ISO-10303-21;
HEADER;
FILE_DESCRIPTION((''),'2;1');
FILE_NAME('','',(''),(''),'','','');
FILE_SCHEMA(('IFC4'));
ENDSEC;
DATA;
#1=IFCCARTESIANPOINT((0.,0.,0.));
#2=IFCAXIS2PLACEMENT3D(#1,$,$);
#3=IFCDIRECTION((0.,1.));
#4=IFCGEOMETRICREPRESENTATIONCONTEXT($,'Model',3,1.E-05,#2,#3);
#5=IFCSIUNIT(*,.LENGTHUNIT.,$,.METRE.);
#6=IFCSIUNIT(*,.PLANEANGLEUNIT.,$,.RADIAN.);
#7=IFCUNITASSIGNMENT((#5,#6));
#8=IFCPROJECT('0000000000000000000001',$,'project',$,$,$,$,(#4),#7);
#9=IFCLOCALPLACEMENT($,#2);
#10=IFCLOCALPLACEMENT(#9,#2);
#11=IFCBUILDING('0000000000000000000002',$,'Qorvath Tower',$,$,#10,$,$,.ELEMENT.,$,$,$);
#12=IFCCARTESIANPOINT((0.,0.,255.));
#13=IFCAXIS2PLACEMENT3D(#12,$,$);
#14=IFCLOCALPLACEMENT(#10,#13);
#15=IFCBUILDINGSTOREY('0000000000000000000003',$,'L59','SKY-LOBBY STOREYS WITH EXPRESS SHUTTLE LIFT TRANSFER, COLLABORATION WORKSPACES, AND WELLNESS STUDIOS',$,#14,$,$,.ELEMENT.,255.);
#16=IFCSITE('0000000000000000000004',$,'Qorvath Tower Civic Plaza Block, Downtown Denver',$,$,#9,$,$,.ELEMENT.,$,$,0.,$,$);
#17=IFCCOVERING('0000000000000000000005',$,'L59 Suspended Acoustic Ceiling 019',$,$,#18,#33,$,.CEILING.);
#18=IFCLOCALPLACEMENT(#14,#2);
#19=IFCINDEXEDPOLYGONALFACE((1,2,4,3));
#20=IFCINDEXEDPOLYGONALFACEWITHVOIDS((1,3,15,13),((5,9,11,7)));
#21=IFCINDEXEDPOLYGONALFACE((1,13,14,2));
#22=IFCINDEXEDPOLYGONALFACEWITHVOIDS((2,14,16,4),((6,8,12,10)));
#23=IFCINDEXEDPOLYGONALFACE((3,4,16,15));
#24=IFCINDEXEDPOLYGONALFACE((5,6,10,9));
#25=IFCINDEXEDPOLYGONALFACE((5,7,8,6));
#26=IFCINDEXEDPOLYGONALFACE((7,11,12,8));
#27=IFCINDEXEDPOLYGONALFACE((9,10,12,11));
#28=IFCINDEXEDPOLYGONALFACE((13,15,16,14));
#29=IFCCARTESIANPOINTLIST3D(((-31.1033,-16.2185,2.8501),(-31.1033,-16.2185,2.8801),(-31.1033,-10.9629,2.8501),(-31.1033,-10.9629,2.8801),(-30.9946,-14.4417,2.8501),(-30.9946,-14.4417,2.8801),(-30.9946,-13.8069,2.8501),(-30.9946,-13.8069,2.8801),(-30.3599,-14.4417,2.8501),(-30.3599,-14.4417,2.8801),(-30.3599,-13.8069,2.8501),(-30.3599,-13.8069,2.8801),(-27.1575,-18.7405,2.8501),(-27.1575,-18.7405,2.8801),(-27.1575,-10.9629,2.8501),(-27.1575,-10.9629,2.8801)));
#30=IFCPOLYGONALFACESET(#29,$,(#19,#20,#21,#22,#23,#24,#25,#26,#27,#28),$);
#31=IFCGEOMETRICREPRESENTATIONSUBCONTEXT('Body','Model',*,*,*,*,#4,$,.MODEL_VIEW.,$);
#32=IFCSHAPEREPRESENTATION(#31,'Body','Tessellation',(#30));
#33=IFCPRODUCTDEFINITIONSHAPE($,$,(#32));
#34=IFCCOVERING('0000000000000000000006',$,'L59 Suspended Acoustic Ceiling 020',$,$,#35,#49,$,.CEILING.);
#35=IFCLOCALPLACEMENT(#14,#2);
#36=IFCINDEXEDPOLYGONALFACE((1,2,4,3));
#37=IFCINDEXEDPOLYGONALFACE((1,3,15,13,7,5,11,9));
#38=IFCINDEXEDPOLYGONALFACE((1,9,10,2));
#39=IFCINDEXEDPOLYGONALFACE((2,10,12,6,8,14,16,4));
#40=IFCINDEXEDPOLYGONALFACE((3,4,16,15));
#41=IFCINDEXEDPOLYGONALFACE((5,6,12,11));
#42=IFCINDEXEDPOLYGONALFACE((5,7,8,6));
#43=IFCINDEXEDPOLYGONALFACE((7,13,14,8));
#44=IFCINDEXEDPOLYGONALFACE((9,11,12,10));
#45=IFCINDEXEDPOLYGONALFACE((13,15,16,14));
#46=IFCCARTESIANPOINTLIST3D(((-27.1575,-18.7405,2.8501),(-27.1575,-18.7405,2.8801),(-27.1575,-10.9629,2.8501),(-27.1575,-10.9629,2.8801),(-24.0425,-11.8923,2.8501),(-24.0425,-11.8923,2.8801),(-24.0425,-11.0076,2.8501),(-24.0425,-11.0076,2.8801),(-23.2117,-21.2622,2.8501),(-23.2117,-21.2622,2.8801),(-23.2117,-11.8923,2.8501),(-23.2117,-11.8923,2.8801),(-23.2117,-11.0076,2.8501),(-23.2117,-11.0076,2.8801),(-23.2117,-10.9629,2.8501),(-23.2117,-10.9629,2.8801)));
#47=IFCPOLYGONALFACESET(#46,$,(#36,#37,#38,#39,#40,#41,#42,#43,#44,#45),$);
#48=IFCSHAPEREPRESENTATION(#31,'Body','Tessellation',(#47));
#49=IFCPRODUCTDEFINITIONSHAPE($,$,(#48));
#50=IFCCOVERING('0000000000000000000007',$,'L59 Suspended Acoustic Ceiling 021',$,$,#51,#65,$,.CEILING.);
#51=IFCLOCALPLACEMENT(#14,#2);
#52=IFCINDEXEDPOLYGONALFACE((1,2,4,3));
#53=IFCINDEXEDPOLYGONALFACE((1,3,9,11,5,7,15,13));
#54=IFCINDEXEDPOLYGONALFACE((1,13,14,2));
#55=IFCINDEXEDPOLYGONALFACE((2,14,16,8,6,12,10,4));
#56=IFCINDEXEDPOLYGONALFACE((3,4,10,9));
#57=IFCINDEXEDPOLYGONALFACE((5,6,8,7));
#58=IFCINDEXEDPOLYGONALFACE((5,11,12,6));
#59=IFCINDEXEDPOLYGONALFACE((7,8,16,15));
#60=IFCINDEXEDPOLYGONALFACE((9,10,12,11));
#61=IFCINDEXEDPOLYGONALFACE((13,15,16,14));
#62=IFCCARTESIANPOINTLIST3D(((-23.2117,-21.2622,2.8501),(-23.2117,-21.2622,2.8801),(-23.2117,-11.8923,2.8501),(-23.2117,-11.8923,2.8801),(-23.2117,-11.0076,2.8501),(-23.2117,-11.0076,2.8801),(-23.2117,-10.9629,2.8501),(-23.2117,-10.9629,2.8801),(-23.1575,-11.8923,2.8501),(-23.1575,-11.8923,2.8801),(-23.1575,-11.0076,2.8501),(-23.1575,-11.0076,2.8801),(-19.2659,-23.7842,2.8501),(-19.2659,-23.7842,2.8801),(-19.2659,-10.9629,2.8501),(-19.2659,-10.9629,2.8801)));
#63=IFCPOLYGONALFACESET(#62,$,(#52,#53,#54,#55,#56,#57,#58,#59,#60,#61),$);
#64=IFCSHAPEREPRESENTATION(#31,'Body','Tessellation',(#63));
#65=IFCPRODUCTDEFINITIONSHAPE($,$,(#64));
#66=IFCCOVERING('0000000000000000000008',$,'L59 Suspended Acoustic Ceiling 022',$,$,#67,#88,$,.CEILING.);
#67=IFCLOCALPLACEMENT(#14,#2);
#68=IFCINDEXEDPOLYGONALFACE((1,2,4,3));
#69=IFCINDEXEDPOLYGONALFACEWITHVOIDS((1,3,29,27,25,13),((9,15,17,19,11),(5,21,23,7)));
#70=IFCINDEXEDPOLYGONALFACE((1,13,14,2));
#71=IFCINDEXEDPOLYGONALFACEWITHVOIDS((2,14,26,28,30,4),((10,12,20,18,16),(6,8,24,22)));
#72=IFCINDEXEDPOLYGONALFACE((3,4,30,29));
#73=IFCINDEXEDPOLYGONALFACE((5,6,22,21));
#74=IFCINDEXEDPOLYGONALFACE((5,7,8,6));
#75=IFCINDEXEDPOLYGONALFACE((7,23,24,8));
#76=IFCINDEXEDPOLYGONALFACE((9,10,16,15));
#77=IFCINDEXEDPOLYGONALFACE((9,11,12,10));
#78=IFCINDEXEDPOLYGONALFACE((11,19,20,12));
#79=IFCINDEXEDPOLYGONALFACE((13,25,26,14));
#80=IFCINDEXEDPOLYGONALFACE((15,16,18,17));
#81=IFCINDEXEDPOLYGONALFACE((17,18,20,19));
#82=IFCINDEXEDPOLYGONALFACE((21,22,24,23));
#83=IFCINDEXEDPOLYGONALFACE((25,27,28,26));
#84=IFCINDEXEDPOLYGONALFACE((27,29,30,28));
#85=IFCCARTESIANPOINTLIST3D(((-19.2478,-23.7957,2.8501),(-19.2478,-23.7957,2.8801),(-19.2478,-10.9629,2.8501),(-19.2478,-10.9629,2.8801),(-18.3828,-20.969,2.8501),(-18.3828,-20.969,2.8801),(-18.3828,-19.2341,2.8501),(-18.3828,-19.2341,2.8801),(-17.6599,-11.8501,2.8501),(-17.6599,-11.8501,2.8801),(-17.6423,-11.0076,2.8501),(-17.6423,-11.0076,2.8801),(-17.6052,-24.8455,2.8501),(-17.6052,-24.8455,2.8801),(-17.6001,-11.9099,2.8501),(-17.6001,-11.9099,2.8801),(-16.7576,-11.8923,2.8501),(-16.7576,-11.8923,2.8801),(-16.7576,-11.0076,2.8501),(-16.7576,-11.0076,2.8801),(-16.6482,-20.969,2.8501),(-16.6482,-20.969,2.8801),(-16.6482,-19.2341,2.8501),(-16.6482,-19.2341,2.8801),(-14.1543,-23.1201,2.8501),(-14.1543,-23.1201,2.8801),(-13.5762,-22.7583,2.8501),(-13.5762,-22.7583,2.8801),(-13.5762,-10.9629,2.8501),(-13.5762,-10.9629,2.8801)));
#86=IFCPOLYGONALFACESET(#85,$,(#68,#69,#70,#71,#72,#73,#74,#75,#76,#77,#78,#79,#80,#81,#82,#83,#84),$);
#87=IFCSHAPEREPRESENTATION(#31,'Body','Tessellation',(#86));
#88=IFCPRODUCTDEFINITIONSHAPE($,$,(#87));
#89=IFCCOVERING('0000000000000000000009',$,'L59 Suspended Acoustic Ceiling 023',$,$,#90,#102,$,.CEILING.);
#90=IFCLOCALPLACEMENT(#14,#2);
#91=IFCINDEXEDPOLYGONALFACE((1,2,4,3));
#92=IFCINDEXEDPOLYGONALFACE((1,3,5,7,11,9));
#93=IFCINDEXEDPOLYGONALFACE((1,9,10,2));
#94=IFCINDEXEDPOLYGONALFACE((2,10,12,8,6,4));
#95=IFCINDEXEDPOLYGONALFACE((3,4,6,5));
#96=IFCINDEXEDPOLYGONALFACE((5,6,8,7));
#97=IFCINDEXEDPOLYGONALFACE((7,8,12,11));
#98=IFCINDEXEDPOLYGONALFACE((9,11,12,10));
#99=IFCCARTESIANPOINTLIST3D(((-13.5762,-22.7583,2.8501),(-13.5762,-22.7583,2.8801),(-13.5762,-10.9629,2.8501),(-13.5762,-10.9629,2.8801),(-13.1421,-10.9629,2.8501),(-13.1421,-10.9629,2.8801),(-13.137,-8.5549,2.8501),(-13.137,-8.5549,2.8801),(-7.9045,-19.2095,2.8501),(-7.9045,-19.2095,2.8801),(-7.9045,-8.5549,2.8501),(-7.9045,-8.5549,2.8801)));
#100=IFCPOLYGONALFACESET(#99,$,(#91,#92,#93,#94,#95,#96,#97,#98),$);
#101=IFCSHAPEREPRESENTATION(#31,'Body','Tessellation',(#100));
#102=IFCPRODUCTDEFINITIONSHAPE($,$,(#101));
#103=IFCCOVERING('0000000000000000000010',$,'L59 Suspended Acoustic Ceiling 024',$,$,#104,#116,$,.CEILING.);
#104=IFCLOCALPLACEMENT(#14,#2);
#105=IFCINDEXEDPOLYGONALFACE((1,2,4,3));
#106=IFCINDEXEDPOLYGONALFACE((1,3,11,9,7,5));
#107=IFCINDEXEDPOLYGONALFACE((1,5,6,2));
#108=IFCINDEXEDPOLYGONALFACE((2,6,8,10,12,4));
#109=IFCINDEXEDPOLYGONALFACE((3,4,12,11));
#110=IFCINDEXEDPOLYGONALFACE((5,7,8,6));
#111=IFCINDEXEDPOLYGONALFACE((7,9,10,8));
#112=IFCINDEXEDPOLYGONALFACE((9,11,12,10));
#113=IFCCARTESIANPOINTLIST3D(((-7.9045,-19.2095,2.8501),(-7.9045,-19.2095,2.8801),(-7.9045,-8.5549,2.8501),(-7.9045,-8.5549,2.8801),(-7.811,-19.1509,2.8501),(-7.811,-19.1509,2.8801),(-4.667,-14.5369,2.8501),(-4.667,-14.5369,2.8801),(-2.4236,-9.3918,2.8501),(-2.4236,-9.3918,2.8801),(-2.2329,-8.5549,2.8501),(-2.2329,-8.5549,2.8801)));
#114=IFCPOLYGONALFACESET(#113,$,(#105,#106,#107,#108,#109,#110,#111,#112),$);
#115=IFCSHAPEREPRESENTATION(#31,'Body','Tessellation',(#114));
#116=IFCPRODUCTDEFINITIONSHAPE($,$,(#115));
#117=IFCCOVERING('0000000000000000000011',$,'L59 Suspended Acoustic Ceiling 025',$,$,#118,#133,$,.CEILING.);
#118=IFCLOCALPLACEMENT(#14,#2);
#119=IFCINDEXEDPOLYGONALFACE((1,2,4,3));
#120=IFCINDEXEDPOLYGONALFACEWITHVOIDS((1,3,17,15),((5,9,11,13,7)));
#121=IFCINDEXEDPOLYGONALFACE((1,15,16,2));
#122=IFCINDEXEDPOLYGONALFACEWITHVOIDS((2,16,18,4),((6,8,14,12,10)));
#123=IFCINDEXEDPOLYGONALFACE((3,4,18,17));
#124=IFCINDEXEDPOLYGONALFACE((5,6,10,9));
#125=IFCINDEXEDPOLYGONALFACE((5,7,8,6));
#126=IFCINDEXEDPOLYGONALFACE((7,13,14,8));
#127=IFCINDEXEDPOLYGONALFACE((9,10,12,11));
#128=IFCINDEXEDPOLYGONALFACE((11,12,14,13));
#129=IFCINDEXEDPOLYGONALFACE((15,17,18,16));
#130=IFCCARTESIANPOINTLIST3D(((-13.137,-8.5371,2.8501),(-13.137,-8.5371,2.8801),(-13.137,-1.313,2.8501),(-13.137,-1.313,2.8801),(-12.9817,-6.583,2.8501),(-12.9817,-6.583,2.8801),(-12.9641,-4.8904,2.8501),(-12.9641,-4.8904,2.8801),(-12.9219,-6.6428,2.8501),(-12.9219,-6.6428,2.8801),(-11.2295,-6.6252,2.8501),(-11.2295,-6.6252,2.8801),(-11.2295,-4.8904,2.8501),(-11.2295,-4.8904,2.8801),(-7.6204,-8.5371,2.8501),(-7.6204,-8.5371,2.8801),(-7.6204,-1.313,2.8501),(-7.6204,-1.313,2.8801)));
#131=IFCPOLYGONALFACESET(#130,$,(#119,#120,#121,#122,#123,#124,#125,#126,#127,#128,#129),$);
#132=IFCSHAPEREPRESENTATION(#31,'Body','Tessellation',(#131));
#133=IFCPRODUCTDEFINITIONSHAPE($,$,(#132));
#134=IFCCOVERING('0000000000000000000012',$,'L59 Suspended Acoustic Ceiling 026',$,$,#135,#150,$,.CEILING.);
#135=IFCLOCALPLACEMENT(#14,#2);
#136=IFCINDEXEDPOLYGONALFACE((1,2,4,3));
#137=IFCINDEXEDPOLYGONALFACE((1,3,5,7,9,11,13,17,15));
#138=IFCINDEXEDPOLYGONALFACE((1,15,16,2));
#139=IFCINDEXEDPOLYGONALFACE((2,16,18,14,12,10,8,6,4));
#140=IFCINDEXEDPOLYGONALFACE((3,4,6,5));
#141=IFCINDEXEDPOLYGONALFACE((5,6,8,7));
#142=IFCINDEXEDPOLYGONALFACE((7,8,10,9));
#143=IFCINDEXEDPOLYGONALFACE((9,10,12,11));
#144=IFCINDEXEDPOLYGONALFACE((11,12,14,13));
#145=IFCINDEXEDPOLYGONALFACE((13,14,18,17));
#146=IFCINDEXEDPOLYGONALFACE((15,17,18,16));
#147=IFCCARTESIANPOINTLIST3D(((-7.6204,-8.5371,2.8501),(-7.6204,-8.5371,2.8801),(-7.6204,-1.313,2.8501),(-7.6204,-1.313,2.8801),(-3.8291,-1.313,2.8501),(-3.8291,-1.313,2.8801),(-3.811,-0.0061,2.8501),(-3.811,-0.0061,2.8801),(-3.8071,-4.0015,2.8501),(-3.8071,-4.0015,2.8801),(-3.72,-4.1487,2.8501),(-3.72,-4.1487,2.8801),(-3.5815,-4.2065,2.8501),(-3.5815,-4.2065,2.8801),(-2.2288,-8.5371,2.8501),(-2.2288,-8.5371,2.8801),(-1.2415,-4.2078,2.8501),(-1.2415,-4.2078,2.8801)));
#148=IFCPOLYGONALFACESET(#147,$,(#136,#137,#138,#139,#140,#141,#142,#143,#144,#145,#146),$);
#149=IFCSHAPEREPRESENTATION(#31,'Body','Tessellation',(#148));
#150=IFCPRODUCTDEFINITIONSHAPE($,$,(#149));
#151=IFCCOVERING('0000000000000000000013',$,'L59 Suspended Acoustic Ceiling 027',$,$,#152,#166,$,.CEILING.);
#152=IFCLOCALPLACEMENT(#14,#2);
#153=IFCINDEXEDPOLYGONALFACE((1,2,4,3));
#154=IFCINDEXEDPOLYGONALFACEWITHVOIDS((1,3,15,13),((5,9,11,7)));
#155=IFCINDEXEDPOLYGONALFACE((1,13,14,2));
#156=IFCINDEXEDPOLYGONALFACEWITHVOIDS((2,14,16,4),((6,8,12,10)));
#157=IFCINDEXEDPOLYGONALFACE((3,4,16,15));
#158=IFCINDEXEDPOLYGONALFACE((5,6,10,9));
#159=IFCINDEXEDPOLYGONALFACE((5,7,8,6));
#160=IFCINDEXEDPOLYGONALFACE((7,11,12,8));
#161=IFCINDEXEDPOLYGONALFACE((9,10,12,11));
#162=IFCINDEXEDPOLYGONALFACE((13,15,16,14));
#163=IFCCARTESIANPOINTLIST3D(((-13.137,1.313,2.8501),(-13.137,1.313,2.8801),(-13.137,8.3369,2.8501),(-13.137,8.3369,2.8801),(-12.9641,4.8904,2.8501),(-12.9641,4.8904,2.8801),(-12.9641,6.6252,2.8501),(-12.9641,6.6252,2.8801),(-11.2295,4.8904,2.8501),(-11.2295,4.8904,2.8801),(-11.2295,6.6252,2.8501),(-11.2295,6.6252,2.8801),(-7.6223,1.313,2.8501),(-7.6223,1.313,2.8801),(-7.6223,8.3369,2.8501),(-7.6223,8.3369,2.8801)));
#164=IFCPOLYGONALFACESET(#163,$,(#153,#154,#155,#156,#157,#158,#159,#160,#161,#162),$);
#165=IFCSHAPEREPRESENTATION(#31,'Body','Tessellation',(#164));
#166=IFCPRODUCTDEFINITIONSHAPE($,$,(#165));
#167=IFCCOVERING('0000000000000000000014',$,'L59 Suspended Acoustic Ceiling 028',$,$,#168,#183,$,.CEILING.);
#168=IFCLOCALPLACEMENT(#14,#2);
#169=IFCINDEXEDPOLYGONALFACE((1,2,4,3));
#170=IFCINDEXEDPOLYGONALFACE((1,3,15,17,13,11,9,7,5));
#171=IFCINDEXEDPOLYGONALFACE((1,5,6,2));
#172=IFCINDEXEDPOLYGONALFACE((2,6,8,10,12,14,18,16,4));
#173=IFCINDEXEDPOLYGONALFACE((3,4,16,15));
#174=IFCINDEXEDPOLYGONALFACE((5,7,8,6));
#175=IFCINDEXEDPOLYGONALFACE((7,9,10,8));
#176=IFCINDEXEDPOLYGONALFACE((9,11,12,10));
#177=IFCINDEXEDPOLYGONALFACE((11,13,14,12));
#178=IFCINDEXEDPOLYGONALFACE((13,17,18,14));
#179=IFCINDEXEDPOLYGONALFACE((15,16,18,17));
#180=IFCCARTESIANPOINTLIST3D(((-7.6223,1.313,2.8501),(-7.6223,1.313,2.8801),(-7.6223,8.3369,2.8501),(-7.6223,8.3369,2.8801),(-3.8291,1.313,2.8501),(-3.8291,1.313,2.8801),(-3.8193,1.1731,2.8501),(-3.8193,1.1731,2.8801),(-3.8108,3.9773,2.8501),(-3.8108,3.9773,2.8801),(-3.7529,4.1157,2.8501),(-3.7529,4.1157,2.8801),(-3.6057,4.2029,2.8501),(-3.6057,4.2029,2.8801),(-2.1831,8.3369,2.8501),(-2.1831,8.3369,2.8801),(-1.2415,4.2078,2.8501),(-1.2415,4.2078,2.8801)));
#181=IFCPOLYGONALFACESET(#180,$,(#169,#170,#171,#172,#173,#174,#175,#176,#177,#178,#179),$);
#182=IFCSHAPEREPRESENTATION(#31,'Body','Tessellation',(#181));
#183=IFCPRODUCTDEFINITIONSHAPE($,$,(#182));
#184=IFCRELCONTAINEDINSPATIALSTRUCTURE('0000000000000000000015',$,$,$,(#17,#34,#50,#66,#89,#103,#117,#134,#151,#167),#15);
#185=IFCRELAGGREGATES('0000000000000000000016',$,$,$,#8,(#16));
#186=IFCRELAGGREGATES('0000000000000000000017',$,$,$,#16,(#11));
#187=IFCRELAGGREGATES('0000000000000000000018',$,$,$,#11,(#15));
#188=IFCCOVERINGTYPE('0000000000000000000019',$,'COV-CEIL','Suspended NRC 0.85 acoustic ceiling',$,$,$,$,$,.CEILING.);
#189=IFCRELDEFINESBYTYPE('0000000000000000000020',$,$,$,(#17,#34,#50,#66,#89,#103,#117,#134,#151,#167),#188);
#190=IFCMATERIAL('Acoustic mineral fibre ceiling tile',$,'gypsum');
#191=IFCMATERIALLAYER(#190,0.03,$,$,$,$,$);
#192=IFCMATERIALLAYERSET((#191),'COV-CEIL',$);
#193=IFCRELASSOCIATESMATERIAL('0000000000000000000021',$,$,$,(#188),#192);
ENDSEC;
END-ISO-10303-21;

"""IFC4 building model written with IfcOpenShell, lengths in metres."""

from ifc_helpers import new_model, si_unit, direction, frame, origin, place, context, subcontext, project, spatial, polyline, outline, extrude, material, layer, layer_set, type_object, element, save


model = new_model("IFC4")

# Units and contexts
model_context = context("Model", 3, precision=1e-05, world=origin(), true_north=direction((0.0, 1.0)))
body_context = subcontext(model_context, "Body", "Model", "MODEL_VIEW")
ifc_project = project(units=[si_unit("LENGTHUNIT", "METRE"), si_unit("PLANEANGLEUNIT", "RADIAN")], contexts=[model_context])

# Site, building, storey
site_placement = place(None, origin())
site = spatial("IfcSite", under=ifc_project, at=site_placement, Name="Qorvath Tower Civic Plaza Block, Downtown Denver", CompositionType="ELEMENT", RefElevation=0.0)
building_placement = place(site_placement, origin())
building = spatial("IfcBuilding", under=site, at=building_placement, Name="Qorvath Tower", CompositionType="ELEMENT")
storey_placement = place(building_placement, frame((0.0, 0.0, 255.0)))
storey = spatial("IfcBuildingStorey", under=building, at=storey_placement, Name="L59", Description="SKY-LOBBY STOREYS WITH EXPRESS SHUTTLE LIFT TRANSFER, COLLABORATION WORKSPACES, AND WELLNESS STUDIOS", CompositionType="ELEMENT", Elevation=255.0)

# Coverings
ifc_material_1 = material(Name="Acoustic mineral fibre ceiling tile", Category="gypsum")
ifc_layer_1 = layer(ifc_material_1, 0.03)
ifc_layer_set_1 = layer_set([ifc_layer_1], Name="COV-CEIL")
covering_type_1 = type_object("IfcCoveringType", Name="COV-CEIL", Description="Suspended NRC 0.85 acoustic ceiling", PredefinedType="CEILING", material=ifc_layer_set_1)
covering_1_placement = place(storey_placement, frame((0.0, 0.0, 2.8501)))
element("IfcCovering", 1, at=covering_1_placement, inside=storey, type_object=covering_type_1, Name="L59 Suspended Acoustic Ceiling 019", PredefinedType="CEILING", context=body_context, shape_type="SweptSolid", body=[
    extrude(outline(polyline([(-31.1033, -10.9629), (-31.1033, -16.2185), (-27.1575, -18.7405), (-27.1575, -10.9629), (-31.1033, -10.9629)]), holes=[polyline([(-30.9946, -14.4417), (-30.9946, -13.8069), (-30.3599, -13.8069), (-30.3599, -14.4417), (-30.9946, -14.4417)])]), origin(), (0.0, 0.0, 1.0), 0.03),
])
covering_2_placement = place(storey_placement, frame((0.0, 0.0, 2.8501)))
element("IfcCovering", 2, at=covering_2_placement, inside=storey, type_object=covering_type_1, Name="L59 Suspended Acoustic Ceiling 020", PredefinedType="CEILING", context=body_context, shape_type="SweptSolid", body=[
    extrude(outline(polyline([(-27.1575, -10.9629), (-27.1575, -18.7405), (-23.2117, -21.2622), (-23.2117, -11.8923), (-24.0425, -11.8923), (-24.0425, -11.0076), (-23.2117, -11.0076), (-23.2117, -10.9629), (-27.1575, -10.9629)])), origin(), (0.0, 0.0, 1.0), 0.03),
])
covering_3_placement = place(storey_placement, frame((0.0, 0.0, 2.8501)))
element("IfcCovering", 3, at=covering_3_placement, inside=storey, type_object=covering_type_1, Name="L59 Suspended Acoustic Ceiling 021", PredefinedType="CEILING", context=body_context, shape_type="SweptSolid", body=[
    extrude(outline(polyline([(-23.2117, -10.9629), (-23.2117, -11.0076), (-23.1575, -11.0076), (-23.1575, -11.8923), (-23.2117, -11.8923), (-23.2117, -21.2622), (-19.2659, -23.7842), (-19.2659, -10.9629), (-23.2117, -10.9629)])), origin(), (0.0, 0.0, 1.0), 0.03),
])
covering_4_placement = place(storey_placement, frame((0.0, 0.0, 2.8501)))
element("IfcCovering", 4, at=covering_4_placement, inside=storey, type_object=covering_type_1, Name="L59 Suspended Acoustic Ceiling 022", PredefinedType="CEILING", context=body_context, shape_type="SweptSolid", body=[
    extrude(outline(polyline([(-17.6052, -24.8455), (-14.1543, -23.1201), (-13.5762, -22.7583), (-13.5762, -10.9629), (-19.2478, -10.9629), (-19.2478, -23.7957), (-17.6052, -24.8455)]), holes=[polyline([(-18.3828, -20.969), (-18.3828, -19.2341), (-16.6482, -19.2341), (-16.6482, -20.969), (-18.3828, -20.969)]), polyline([(-17.6599, -11.8501), (-17.6423, -11.0076), (-16.7576, -11.0076), (-16.7576, -11.8923), (-17.6001, -11.9099), (-17.6599, -11.8501)])]), origin(), (0.0, 0.0, 1.0), 0.03),
])
covering_5_placement = place(storey_placement, frame((0.0, 0.0, 2.8501)))
element("IfcCovering", 5, at=covering_5_placement, inside=storey, type_object=covering_type_1, Name="L59 Suspended Acoustic Ceiling 023", PredefinedType="CEILING", context=body_context, shape_type="SweptSolid", body=[
    extrude(outline(polyline([(-13.5762, -10.9629), (-13.5762, -22.7583), (-7.9045, -19.2095), (-7.9045, -8.5549), (-13.137, -8.5549), (-13.1421, -10.9629), (-13.5762, -10.9629)])), origin(), (0.0, 0.0, 1.0), 0.03),
])
covering_6_placement = place(storey_placement, frame((0.0, 0.0, 2.8501)))
element("IfcCovering", 6, at=covering_6_placement, inside=storey, type_object=covering_type_1, Name="L59 Suspended Acoustic Ceiling 024", PredefinedType="CEILING", context=body_context, shape_type="SweptSolid", body=[
    extrude(outline(polyline([(-7.9045, -8.5549), (-7.9045, -19.2095), (-7.811, -19.1509), (-4.667, -14.5369), (-2.4236, -9.3918), (-2.2329, -8.5549), (-7.9045, -8.5549)])), origin(), (0.0, 0.0, 1.0), 0.03),
])
covering_7_placement = place(storey_placement, frame((0.0, 0.0, 2.8501)))
element("IfcCovering", 7, at=covering_7_placement, inside=storey, type_object=covering_type_1, Name="L59 Suspended Acoustic Ceiling 025", PredefinedType="CEILING", context=body_context, shape_type="SweptSolid", body=[
    extrude(outline(polyline([(-7.6204, -8.5371), (-7.6204, -1.313), (-13.137, -1.313), (-13.137, -8.5371), (-7.6204, -8.5371)]), holes=[polyline([(-12.9817, -6.583), (-12.9641, -4.8904), (-11.2295, -4.8904), (-11.2295, -6.6252), (-12.9219, -6.6428), (-12.9817, -6.583)])]), origin(), (0.0, 0.0, 1.0), 0.03),
])
covering_8_placement = place(storey_placement, frame((0.0, 0.0, 2.8501)))
element("IfcCovering", 8, at=covering_8_placement, inside=storey, type_object=covering_type_1, Name="L59 Suspended Acoustic Ceiling 026", PredefinedType="CEILING", context=body_context, shape_type="SweptSolid", body=[
    extrude(outline(polyline([(-3.72, -4.1487), (-3.8071, -4.0015), (-3.811, -0.0061), (-3.8291, -1.313), (-7.6204, -1.313), (-7.6204, -8.5371), (-2.2288, -8.5371), (-1.2415, -4.2078), (-3.5815, -4.2065), (-3.72, -4.1487)])), origin(), (0.0, 0.0, 1.0), 0.03),
])
covering_9_placement = place(storey_placement, frame((0.0, 0.0, 2.8501)))
element("IfcCovering", 9, at=covering_9_placement, inside=storey, type_object=covering_type_1, Name="L59 Suspended Acoustic Ceiling 027", PredefinedType="CEILING", context=body_context, shape_type="SweptSolid", body=[
    extrude(outline(polyline([(-7.6223, 1.313), (-7.6223, 8.3369), (-13.137, 8.3369), (-13.137, 1.313), (-7.6223, 1.313)]), holes=[polyline([(-12.9641, 4.8904), (-12.9641, 6.6252), (-11.2295, 6.6252), (-11.2295, 4.8904), (-12.9641, 4.8904)])]), origin(), (0.0, 0.0, 1.0), 0.03),
])
covering_10_placement = place(storey_placement, frame((0.0, 0.0, 2.8501)))
element("IfcCovering", 10, at=covering_10_placement, inside=storey, type_object=covering_type_1, Name="L59 Suspended Acoustic Ceiling 028", PredefinedType="CEILING", context=body_context, shape_type="SweptSolid", body=[
    extrude(outline(polyline([(-3.7529, 4.1157), (-3.6057, 4.2029), (-1.2415, 4.2078), (-2.1831, 8.3369), (-7.6223, 8.3369), (-7.6223, 1.313), (-3.8291, 1.313), (-3.8193, 1.1731), (-3.8108, 3.9773), (-3.7529, 4.1157)])), origin(), (0.0, 0.0, 1.0), 0.03),
])

save(model, "model.ifc")
